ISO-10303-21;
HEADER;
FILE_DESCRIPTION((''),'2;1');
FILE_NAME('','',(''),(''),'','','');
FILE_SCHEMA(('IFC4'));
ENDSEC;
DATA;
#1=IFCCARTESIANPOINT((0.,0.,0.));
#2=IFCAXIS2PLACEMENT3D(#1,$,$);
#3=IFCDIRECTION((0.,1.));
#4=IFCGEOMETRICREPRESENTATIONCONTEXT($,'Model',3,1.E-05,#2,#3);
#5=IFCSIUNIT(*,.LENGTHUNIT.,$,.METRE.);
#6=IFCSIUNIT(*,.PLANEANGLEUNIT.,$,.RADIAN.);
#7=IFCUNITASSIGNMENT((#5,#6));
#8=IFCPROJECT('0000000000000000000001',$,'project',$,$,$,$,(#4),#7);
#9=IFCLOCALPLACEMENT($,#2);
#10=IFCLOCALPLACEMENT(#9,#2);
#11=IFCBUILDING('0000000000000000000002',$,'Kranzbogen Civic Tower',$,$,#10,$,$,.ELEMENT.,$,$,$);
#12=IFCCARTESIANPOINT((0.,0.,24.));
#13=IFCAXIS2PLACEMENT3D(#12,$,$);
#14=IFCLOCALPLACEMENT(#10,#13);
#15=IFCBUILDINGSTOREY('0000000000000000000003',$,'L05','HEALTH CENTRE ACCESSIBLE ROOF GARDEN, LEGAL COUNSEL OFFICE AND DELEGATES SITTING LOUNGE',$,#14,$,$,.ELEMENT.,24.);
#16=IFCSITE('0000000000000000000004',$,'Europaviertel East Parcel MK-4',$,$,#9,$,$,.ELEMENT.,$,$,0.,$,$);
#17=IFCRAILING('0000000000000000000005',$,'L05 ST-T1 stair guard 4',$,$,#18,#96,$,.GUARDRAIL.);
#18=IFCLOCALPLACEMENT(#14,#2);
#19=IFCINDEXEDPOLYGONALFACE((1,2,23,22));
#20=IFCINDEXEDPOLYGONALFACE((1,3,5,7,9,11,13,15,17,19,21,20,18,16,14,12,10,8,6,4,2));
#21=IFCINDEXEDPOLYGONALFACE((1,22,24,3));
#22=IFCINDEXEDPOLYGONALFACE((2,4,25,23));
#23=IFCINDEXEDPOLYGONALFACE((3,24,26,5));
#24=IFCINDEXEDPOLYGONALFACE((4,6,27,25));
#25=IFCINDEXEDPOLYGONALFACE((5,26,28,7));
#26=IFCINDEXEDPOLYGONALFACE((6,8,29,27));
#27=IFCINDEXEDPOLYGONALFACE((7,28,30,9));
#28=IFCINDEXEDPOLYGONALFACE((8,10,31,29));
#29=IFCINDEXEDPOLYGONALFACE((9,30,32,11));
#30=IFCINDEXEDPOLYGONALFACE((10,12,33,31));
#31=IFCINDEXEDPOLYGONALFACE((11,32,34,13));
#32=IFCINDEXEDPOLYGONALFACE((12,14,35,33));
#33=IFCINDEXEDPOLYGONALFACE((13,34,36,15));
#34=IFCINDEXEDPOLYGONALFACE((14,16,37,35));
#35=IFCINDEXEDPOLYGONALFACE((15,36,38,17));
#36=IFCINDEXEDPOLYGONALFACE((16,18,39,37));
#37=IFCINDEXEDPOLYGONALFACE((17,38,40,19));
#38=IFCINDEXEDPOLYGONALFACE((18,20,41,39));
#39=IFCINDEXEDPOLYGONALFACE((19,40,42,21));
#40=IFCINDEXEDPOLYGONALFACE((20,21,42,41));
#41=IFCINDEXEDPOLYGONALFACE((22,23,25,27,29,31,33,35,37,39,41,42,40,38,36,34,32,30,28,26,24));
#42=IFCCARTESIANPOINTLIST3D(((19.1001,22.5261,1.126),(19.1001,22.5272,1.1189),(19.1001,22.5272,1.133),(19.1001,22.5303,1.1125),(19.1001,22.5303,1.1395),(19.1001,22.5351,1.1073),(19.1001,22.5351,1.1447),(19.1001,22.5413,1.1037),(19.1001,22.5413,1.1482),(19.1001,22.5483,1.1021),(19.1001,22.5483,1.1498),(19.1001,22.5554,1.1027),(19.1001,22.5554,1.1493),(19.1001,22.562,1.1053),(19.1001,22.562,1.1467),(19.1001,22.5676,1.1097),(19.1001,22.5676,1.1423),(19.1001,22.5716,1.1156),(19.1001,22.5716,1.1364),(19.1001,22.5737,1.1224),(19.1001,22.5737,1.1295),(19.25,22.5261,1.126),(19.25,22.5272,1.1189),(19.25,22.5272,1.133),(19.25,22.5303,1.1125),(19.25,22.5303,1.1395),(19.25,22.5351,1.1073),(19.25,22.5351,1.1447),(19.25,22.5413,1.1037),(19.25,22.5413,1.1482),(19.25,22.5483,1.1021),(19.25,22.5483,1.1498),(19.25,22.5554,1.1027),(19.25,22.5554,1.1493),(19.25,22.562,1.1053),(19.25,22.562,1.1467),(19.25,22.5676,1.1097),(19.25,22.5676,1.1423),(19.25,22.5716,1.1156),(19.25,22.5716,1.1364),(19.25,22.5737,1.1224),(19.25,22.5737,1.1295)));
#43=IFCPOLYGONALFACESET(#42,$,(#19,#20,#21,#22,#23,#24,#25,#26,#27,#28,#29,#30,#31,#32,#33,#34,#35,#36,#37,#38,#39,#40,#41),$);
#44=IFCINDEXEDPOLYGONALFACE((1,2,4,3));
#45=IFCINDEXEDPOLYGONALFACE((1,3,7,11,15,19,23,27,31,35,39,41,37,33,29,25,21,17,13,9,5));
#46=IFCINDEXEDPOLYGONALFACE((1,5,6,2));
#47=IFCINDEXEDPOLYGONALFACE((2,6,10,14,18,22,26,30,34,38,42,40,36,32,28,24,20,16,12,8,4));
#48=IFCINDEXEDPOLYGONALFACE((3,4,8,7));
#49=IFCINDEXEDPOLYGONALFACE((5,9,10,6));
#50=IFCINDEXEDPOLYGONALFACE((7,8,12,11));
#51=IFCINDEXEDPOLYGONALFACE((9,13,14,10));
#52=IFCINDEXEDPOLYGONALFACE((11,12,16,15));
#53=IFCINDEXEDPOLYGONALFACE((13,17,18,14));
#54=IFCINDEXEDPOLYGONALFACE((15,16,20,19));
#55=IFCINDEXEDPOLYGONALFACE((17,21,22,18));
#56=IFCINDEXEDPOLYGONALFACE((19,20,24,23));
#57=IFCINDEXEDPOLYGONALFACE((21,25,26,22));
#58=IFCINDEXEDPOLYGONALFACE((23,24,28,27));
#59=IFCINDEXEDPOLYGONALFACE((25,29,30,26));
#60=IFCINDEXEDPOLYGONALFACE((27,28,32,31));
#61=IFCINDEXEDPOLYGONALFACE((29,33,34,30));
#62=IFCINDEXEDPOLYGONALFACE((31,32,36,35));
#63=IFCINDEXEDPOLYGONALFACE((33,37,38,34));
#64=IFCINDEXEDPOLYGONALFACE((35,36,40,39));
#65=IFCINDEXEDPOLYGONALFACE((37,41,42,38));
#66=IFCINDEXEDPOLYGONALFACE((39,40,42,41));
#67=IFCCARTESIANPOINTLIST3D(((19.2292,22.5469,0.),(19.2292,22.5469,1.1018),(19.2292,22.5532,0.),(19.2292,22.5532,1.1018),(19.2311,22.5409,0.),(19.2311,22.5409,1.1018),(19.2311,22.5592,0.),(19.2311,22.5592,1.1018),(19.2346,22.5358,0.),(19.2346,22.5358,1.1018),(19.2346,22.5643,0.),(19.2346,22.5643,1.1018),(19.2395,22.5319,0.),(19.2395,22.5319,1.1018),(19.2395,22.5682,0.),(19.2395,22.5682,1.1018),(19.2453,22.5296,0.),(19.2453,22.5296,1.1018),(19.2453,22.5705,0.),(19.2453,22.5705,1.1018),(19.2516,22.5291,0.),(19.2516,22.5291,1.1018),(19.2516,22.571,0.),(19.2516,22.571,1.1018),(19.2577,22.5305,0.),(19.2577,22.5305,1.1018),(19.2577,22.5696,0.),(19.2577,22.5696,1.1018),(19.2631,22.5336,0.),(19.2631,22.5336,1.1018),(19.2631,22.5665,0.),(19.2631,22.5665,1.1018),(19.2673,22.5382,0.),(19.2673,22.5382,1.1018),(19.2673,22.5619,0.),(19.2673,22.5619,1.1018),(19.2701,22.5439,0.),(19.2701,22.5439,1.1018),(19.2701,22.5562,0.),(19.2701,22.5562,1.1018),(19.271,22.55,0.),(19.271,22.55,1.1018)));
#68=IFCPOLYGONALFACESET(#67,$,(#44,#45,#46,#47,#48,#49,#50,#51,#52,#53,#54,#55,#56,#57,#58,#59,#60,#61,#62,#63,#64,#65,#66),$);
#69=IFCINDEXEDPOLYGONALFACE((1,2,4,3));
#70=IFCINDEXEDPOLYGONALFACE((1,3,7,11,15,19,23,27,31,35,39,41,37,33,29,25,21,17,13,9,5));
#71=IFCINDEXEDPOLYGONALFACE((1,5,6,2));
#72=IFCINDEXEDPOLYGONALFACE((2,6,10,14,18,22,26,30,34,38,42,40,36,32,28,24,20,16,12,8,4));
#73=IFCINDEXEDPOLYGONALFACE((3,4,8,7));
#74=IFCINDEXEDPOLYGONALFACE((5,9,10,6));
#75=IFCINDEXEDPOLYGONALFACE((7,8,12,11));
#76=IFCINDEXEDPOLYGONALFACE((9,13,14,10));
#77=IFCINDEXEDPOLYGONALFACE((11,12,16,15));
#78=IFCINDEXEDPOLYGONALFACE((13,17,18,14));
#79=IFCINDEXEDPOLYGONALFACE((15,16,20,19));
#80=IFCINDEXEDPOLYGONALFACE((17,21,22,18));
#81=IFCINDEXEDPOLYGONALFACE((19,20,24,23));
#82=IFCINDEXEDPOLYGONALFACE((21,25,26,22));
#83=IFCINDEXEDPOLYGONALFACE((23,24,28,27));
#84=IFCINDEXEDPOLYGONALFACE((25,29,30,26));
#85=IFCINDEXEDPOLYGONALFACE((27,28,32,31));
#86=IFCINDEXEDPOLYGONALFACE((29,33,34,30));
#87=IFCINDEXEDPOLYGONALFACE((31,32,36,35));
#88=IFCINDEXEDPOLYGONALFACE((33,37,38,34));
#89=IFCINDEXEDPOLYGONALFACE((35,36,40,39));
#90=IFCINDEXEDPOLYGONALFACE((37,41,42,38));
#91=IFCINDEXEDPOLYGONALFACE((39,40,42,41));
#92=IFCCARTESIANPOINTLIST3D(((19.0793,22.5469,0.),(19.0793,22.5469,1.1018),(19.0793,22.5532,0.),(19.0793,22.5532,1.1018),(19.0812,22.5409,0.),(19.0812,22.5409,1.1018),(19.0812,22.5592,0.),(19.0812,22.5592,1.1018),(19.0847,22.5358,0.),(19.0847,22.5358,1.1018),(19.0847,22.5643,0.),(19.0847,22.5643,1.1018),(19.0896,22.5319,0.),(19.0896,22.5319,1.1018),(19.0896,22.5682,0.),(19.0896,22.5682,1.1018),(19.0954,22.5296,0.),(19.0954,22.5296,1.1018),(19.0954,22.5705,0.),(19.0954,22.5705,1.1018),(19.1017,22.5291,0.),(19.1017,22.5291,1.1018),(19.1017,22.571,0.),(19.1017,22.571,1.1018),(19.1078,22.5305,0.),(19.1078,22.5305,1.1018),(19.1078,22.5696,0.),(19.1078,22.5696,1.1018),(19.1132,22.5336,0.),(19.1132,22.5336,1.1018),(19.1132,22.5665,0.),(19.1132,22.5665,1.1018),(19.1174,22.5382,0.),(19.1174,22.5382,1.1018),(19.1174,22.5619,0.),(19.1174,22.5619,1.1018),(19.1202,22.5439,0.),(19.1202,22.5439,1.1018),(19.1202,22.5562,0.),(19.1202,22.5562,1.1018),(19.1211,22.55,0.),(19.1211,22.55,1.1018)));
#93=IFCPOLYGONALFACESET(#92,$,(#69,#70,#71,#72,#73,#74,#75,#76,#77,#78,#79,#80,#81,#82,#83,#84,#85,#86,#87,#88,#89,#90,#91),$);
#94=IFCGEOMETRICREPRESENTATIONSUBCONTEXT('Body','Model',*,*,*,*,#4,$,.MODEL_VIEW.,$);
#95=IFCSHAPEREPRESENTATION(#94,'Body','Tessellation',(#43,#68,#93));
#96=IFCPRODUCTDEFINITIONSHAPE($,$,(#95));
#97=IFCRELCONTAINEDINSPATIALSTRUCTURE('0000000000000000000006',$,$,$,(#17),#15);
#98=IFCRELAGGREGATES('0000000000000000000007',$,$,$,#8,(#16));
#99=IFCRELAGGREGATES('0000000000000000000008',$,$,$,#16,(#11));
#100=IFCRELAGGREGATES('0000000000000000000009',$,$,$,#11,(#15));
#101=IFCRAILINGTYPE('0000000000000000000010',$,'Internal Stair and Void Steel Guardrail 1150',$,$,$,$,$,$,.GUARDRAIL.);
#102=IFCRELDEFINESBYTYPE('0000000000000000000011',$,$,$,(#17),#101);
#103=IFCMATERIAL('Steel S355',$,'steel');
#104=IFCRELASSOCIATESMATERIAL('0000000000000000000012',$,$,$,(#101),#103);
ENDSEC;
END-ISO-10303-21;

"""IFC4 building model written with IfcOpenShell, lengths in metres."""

from ifc_helpers import new_model, si_unit, direction, frame, origin, origin_2d, place, context, subcontext, project, spatial, circle, extrude, material, type_object, element, save


model = new_model("IFC4")

# Units and contexts
model_context = context("Model", 3, precision=1e-05, world=origin(), true_north=direction((0.0, 1.0)))
body_context = subcontext(model_context, "Body", "Model", "MODEL_VIEW")
ifc_project = project(units=[si_unit("LENGTHUNIT", "METRE"), si_unit("PLANEANGLEUNIT", "RADIAN")], contexts=[model_context])

# Site, building, storey
site_placement = place(None, origin())
site = spatial("IfcSite", under=ifc_project, at=site_placement, Name="Europaviertel East Parcel MK-4", CompositionType="ELEMENT", RefElevation=0.0)
building_placement = place(site_placement, origin())
building = spatial("IfcBuilding", under=site, at=building_placement, Name="Kranzbogen Civic Tower", CompositionType="ELEMENT")
storey_placement = place(building_placement, frame((0.0, 0.0, 24.0)))
storey = spatial("IfcBuildingStorey", under=building, at=storey_placement, Name="L05", Description="HEALTH CENTRE ACCESSIBLE ROOF GARDEN, LEGAL COUNSEL OFFICE AND DELEGATES SITTING LOUNGE", CompositionType="ELEMENT", Elevation=24.0)

# Shared definitions
ifc_material_1 = material(Name="Steel S355", Category="steel")

# Railing
railing_type_1 = type_object("IfcRailingType", Name="Internal Stair and Void Steel Guardrail 1150", PredefinedType="GUARDRAIL", material=ifc_material_1)
railing_1_placement = place(storey_placement, frame((19.25, 22.55, 0.0)))
element("IfcRailing", 1, at=railing_1_placement, inside=storey, type_object=railing_type_1, Name="L05 ST-T1 stair guard 4", PredefinedType="GUARDRAIL", context=body_context, shape_type="SweptSolid", body=[
    extrude(circle(Radius=0.0239, at=origin_2d()), frame((0.0, 0.0, 1.126), z_axis=(-1.0, 0.0, 0.0), x_axis=(0.0, -1.0, 0.0)), (0.0, 0.0, 1.0), 0.1499),
    extrude(circle(Radius=0.021, at=origin_2d()), origin(), (0.0, 0.0, 1.0), 1.1018),
    extrude(circle(Radius=0.021, at=origin_2d()), frame((-0.1499, 0.0, 0.0)), (0.0, 0.0, 1.0), 1.1018),
])

save(model, "model.ifc")
